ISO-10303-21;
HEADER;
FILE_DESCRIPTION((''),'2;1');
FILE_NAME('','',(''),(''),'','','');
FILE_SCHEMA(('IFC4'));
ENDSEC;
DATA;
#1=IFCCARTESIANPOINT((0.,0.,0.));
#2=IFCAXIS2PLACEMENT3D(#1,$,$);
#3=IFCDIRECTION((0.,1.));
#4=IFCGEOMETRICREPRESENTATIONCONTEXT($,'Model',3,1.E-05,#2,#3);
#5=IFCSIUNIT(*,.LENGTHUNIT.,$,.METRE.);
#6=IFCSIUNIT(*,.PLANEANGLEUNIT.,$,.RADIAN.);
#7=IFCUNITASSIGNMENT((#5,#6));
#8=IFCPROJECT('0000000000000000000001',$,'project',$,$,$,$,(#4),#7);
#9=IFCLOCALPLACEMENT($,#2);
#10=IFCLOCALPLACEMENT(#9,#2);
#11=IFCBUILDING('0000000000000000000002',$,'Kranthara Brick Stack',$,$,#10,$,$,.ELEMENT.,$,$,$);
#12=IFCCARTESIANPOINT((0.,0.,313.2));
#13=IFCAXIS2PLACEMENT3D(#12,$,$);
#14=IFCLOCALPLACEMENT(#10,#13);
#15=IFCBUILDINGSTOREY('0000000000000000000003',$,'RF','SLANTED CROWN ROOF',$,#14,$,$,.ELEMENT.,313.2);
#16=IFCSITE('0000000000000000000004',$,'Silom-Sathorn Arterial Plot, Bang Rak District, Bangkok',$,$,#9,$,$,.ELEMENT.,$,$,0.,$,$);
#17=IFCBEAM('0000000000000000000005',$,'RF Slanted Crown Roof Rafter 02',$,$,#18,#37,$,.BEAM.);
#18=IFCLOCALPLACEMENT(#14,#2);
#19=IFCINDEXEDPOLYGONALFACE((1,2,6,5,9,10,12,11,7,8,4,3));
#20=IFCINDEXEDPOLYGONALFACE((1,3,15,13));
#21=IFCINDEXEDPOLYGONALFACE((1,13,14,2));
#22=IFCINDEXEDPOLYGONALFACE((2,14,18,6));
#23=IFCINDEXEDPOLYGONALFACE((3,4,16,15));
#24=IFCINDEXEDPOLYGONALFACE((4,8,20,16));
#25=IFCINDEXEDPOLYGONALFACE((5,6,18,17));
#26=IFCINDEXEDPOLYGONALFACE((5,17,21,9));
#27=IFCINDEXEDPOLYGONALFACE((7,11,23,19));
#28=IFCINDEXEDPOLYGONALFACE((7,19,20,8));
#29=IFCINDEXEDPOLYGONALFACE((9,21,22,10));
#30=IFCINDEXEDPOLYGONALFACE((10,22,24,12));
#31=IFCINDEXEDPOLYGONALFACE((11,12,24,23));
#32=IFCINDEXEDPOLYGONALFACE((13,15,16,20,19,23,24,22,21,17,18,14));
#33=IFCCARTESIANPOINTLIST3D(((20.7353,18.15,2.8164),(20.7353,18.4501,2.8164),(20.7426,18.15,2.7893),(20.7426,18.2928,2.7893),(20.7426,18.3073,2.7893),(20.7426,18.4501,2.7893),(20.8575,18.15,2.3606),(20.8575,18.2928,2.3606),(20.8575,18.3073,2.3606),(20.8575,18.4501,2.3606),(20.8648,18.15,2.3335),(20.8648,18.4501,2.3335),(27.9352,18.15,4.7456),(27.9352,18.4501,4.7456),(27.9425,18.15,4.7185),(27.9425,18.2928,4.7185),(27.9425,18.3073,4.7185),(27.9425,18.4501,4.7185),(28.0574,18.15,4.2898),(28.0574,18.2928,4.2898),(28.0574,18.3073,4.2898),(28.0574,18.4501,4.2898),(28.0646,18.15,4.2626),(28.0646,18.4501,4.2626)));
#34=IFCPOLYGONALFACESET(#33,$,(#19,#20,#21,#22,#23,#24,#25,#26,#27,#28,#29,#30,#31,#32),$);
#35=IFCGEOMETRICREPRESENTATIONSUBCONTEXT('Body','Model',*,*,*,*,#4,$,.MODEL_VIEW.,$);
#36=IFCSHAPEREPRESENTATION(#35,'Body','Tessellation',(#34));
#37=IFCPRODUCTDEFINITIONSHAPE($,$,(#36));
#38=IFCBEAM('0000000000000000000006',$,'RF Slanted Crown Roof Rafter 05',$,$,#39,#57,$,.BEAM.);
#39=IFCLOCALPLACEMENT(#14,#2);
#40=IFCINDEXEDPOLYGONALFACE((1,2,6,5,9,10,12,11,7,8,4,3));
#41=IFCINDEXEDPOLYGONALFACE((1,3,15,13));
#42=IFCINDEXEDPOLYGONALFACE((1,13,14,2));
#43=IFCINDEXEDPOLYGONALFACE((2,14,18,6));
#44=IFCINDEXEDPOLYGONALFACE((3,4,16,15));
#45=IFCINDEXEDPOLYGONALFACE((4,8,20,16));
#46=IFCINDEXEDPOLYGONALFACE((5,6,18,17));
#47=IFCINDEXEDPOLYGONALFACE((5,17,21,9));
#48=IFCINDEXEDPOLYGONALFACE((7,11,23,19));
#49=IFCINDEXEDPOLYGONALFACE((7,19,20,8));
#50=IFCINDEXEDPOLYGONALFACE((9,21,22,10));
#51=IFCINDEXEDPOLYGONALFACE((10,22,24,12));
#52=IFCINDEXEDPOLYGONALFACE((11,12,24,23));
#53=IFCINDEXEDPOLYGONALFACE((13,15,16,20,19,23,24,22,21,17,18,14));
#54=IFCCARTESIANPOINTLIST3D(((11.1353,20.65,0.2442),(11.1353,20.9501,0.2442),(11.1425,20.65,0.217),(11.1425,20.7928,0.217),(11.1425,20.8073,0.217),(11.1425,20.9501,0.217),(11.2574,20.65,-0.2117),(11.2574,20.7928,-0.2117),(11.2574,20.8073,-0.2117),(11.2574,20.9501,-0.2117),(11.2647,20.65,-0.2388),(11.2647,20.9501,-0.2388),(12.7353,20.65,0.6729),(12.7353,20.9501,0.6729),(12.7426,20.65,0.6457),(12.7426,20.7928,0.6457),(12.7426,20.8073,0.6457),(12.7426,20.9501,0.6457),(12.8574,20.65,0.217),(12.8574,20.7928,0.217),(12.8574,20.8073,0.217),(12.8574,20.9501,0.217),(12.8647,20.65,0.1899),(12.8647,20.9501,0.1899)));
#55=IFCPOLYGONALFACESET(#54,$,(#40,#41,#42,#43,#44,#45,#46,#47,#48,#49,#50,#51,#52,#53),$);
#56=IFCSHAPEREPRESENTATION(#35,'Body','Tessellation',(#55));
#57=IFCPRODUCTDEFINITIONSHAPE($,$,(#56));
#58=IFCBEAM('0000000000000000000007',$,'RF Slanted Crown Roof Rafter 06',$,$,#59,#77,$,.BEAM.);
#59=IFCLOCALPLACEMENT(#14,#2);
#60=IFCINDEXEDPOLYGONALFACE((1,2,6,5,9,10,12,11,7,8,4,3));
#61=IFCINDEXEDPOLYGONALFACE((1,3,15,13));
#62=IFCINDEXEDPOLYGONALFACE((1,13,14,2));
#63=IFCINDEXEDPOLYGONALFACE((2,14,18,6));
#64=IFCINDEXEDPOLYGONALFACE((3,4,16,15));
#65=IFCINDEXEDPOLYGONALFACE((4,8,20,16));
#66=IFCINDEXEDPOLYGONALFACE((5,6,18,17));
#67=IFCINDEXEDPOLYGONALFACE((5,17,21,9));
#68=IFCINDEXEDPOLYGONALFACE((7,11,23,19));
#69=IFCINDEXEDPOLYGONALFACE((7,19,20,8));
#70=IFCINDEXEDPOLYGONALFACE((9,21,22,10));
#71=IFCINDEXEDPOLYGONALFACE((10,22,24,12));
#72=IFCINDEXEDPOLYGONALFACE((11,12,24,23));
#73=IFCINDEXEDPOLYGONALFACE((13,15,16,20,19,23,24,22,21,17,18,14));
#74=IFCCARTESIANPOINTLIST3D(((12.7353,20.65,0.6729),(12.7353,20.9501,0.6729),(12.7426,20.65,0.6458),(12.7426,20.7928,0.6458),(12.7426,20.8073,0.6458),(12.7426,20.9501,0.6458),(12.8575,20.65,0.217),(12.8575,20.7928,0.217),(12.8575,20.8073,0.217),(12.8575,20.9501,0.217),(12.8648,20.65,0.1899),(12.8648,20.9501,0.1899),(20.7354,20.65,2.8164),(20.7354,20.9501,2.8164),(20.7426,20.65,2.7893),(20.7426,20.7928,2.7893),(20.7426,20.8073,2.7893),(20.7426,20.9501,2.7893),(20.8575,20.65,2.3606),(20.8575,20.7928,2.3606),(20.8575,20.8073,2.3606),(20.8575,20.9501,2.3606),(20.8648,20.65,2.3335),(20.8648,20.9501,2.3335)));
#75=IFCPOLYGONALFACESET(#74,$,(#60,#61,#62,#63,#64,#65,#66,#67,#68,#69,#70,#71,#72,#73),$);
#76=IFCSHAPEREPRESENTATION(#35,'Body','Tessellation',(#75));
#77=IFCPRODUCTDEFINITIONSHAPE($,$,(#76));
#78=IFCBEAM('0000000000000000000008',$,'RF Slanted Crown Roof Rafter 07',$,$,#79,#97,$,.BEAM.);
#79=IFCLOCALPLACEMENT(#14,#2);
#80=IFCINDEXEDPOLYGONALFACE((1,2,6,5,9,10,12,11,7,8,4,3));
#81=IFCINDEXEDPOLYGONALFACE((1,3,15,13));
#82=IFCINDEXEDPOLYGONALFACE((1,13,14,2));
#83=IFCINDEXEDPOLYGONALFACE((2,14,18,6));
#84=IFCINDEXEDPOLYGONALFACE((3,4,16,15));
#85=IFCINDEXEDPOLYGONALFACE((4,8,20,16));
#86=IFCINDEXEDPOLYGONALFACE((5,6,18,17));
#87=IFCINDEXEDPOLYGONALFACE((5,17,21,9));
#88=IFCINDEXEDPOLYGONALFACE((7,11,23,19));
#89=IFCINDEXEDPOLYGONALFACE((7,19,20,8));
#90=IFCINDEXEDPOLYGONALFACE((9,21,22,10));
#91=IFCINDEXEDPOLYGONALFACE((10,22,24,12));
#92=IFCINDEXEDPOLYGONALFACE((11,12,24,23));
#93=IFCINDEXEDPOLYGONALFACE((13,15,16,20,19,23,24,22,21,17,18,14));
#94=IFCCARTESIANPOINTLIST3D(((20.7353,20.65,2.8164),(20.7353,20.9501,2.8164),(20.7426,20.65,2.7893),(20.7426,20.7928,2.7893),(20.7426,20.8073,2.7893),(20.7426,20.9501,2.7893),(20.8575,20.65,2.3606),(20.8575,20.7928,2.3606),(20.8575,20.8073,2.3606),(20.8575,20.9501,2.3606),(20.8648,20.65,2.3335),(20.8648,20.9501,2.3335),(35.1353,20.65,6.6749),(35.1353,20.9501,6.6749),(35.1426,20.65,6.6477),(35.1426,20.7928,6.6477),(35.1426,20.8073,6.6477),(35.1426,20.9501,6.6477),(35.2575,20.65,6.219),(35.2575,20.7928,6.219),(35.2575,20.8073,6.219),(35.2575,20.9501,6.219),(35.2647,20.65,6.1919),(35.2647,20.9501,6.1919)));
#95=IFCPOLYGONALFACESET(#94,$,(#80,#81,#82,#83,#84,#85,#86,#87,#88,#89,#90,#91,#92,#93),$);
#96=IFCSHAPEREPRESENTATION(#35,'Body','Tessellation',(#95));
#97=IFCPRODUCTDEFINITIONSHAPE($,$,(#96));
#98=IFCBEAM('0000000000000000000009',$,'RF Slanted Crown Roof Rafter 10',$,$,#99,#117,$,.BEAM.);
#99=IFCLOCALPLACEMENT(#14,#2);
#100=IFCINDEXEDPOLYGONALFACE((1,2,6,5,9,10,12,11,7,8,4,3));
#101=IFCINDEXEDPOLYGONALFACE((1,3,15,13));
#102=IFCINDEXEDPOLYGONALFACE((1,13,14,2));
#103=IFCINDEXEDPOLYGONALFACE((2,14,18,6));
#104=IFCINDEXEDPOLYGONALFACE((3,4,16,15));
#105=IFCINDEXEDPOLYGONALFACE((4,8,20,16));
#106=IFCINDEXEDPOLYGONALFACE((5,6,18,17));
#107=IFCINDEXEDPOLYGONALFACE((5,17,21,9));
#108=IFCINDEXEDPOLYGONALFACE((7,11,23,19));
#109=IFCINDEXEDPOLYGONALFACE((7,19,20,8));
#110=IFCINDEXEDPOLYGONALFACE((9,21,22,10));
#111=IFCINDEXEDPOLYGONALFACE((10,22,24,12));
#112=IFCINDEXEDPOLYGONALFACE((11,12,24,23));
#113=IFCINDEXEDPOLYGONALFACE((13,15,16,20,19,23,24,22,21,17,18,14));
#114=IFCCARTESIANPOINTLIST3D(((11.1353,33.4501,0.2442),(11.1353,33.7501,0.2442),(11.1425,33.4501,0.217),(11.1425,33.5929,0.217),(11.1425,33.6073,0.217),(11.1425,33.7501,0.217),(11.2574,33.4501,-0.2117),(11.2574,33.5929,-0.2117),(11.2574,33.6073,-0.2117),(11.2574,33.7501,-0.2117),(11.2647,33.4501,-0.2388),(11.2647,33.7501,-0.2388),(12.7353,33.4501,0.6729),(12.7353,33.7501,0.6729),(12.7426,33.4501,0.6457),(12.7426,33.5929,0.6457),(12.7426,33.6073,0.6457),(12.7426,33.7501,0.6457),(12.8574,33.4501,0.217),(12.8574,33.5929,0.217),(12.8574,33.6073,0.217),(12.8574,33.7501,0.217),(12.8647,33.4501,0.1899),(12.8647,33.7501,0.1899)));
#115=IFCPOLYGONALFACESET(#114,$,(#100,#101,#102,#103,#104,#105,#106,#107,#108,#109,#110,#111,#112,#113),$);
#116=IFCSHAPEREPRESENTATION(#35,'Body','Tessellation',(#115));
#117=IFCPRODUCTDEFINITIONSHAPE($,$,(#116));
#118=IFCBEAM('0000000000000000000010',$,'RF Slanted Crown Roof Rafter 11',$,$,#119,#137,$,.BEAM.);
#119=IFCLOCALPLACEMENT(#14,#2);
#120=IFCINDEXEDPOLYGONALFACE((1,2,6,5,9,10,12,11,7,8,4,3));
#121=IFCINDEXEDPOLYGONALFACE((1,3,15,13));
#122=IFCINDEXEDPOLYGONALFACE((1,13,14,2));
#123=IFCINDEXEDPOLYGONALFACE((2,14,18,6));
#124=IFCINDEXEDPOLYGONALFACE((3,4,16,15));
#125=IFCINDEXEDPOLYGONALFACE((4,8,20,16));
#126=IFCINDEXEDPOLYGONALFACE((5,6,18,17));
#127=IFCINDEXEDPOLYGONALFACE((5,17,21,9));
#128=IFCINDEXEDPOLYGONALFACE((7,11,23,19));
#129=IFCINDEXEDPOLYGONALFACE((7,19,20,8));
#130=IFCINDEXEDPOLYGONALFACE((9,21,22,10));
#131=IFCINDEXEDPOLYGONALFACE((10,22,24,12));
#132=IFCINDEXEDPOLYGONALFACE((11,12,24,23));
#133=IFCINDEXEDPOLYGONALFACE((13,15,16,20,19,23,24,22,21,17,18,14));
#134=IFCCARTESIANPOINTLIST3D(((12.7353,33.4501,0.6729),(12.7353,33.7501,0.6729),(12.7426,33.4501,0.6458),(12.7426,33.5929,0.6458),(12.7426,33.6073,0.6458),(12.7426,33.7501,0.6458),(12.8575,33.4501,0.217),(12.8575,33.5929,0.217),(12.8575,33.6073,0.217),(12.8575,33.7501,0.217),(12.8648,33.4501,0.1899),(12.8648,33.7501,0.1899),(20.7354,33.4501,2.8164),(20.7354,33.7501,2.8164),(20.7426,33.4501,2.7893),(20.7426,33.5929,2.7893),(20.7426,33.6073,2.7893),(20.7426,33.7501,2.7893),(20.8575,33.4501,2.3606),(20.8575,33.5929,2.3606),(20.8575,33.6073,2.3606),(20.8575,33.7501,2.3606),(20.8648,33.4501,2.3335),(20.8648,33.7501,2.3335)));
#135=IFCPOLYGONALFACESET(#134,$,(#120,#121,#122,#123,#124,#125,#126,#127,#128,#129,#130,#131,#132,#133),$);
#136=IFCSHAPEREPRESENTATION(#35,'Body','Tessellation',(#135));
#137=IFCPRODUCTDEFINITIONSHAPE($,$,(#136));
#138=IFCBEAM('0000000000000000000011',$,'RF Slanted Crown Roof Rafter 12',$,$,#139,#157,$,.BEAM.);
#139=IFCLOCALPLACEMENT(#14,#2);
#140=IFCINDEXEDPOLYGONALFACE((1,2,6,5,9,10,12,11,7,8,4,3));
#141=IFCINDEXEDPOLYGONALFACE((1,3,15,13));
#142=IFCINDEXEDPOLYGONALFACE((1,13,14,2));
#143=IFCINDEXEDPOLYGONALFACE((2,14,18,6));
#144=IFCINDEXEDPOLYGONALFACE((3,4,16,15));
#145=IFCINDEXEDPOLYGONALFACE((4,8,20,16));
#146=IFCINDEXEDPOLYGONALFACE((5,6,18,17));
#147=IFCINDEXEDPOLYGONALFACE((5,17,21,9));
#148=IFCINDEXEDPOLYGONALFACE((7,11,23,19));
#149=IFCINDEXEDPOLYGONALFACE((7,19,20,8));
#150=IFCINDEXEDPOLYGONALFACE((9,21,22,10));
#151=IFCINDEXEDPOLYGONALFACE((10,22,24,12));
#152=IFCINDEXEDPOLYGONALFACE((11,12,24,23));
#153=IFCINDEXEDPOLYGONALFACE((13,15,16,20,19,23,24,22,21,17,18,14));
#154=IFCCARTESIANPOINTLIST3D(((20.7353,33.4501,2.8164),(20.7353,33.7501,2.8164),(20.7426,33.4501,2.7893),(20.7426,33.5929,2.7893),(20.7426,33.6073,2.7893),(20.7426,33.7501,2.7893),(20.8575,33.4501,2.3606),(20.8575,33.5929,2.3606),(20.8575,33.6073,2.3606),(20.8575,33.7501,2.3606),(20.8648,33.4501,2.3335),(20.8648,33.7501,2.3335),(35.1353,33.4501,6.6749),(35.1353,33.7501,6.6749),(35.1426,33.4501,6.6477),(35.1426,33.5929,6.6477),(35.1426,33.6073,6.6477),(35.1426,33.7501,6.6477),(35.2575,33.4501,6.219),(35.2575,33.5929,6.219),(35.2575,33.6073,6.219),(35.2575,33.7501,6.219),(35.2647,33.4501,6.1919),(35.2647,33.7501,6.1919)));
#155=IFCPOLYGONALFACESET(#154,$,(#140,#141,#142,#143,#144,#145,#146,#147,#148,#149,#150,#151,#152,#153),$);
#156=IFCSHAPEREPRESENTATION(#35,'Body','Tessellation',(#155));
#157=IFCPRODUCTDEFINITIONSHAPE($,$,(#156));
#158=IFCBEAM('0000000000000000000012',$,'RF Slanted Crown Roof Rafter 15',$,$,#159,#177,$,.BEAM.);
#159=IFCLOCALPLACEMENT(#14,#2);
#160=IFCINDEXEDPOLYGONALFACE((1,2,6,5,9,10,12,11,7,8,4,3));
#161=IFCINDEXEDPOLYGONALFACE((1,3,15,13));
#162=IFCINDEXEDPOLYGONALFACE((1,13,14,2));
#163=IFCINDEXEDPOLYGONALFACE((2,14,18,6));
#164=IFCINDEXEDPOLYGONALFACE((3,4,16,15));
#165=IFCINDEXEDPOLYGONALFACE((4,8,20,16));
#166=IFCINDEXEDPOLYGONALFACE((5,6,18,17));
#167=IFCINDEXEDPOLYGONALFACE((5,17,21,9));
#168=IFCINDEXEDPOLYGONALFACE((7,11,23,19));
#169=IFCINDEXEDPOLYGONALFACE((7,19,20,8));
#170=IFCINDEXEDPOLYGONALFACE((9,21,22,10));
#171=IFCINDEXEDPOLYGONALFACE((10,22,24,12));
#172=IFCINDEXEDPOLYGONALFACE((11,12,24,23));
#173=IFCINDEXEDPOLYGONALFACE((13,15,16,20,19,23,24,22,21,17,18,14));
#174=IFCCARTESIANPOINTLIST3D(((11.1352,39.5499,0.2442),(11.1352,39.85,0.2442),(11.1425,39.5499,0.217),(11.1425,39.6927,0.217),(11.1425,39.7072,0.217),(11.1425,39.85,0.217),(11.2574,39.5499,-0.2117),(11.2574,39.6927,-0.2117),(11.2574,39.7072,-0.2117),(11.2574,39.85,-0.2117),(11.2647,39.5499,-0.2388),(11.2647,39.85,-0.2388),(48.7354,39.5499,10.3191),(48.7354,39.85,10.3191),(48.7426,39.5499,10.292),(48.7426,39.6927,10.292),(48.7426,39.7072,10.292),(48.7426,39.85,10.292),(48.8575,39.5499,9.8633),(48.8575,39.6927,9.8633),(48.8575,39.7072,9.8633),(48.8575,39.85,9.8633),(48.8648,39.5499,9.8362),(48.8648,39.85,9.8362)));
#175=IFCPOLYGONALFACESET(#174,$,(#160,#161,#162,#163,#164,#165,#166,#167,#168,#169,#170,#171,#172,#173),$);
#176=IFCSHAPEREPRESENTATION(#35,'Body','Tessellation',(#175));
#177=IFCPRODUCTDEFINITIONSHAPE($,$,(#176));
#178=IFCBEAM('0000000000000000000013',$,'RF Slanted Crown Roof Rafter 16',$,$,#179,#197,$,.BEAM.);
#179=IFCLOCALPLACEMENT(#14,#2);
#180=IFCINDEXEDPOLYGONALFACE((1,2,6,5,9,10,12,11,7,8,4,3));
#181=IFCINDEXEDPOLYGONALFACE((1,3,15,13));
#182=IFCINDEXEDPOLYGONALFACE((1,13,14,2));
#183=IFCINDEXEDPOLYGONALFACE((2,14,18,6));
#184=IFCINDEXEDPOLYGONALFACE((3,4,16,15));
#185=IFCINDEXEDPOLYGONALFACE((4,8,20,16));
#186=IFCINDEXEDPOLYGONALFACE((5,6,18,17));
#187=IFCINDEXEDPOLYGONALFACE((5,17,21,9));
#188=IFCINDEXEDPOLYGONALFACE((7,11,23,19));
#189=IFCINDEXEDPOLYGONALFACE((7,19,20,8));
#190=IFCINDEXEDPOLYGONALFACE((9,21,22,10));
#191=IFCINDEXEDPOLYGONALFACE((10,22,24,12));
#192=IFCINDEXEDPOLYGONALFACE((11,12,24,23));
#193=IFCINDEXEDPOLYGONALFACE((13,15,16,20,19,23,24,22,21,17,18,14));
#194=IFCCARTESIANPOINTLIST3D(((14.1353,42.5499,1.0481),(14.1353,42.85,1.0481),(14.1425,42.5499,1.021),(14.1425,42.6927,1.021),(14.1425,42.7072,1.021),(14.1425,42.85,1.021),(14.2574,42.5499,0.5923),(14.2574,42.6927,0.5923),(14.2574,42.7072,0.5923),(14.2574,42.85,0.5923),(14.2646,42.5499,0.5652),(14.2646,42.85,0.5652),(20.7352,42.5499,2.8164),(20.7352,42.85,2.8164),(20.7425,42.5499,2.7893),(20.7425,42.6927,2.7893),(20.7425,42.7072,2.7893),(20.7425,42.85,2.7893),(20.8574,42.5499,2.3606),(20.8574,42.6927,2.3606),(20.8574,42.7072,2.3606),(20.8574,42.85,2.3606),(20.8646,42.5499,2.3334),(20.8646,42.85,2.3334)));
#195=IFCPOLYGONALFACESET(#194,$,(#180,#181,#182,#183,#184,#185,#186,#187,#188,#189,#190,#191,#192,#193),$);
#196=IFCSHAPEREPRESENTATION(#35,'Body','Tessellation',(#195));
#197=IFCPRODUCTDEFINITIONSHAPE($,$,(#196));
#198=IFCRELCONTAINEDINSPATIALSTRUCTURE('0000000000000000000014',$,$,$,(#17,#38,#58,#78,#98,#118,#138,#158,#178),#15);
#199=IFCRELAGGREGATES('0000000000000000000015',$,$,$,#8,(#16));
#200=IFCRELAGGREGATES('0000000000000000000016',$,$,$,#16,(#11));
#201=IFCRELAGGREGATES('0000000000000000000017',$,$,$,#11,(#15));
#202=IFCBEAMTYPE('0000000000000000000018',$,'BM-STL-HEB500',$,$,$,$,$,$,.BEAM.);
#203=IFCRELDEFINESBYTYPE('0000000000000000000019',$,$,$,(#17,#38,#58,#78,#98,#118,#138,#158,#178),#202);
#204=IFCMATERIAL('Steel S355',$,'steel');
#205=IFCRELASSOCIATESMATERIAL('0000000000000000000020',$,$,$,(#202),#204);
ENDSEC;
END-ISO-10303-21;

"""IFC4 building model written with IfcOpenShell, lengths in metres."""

from ifc_helpers import new_model, si_unit, direction, frame, origin, origin_2d, place, context, subcontext, project, spatial, i_section, extrude, material, material_profile, profile_set, type_object, element, save


model = new_model("IFC4")

# Units and contexts
model_context = context("Model", 3, precision=1e-05, world=origin(), true_north=direction((0.0, 1.0)))
body_context = subcontext(model_context, "Body", "Model", "MODEL_VIEW")
ifc_project = project(units=[si_unit("LENGTHUNIT", "METRE"), si_unit("PLANEANGLEUNIT", "RADIAN")], contexts=[model_context])

# Site, building, storey
site_placement = place(None, origin())
site = spatial("IfcSite", under=ifc_project, at=site_placement, Name="Silom-Sathorn Arterial Plot, Bang Rak District, Bangkok", CompositionType="ELEMENT", RefElevation=0.0)
building_placement = place(site_placement, origin())
building = spatial("IfcBuilding", under=site, at=building_placement, Name="Kranthara Brick Stack", CompositionType="ELEMENT")
storey_placement = place(building_placement, frame((0.0, 0.0, 313.2)))
storey = spatial("IfcBuildingStorey", under=building, at=storey_placement, Name="RF", Description="SLANTED CROWN ROOF", CompositionType="ELEMENT", Elevation=313.2)

# Beams
ifc_material_1 = material(Name="Steel S355", Category="steel")
ifc_material_profile_1 = material_profile(ifc_material_1, i_section(OverallWidth=0.3, OverallDepth=0.5, WebThickness=0.0144, FlangeThickness=0.0281, at=origin_2d()), Name="HEB 500")
ifc_profile_set_1 = profile_set([ifc_material_profile_1], Name="Steel S355")
beam_type = type_object("IfcBeamType", Name="BM-STL-HEB500", PredefinedType="BEAM", material=ifc_profile_set_1)
beam_1_placement = place(storey_placement, frame((20.8, 18.3, 2.575), z_axis=(0.965927, 0.0, 0.258816), x_axis=(0.0, 1.0, 0.0)))
element("IfcBeam", 1, at=beam_1_placement, inside=storey, type_object=beam_type, Name="RF Slanted Crown Roof Rafter 02", PredefinedType="BEAM", context=body_context, shape_type="SweptSolid", body=[
    extrude(i_section(OverallWidth=0.3, OverallDepth=0.5, WebThickness=0.0144, FlangeThickness=0.0281, at=origin_2d()), origin(), (0.0, 0.0, 1.0), 7.4539),
])
beam_2_placement = place(storey_placement, frame((11.2, 20.8, 0.0027), z_axis=(0.965931, 0.0, 0.2588), x_axis=(0.0, 1.0, 0.0)))
element("IfcBeam", 2, at=beam_2_placement, inside=storey, type_object=beam_type, Name="RF Slanted Crown Roof Rafter 05", PredefinedType="BEAM", context=body_context, shape_type="SweptSolid", body=[
    extrude(i_section(OverallWidth=0.3, OverallDepth=0.5, WebThickness=0.0144, FlangeThickness=0.0281, at=origin_2d()), origin(), (0.0, 0.0, 1.0), 1.6565),
])
beam_3_placement = place(storey_placement, frame((12.8, 20.8, 0.4314), z_axis=(0.965927, 0.0, 0.258815), x_axis=(0.0, 1.0, 0.0)))
element("IfcBeam", 3, at=beam_3_placement, inside=storey, type_object=beam_type, Name="RF Slanted Crown Roof Rafter 06", PredefinedType="BEAM", context=body_context, shape_type="SweptSolid", body=[
    extrude(i_section(OverallWidth=0.3, OverallDepth=0.5, WebThickness=0.0144, FlangeThickness=0.0281, at=origin_2d()), origin(), (0.0, 0.0, 1.0), 8.2822),
])
beam_4_placement = place(storey_placement, frame((20.8, 20.8, 2.575), z_axis=(0.965927, 0.0, 0.258816), x_axis=(0.0, 1.0, 0.0)))
element("IfcBeam", 4, at=beam_4_placement, inside=storey, type_object=beam_type, Name="RF Slanted Crown Roof Rafter 07", PredefinedType="BEAM", context=body_context, shape_type="SweptSolid", body=[
    extrude(i_section(OverallWidth=0.3, OverallDepth=0.5, WebThickness=0.0144, FlangeThickness=0.0281, at=origin_2d()), origin(), (0.0, 0.0, 1.0), 14.908),
])
beam_5_placement = place(storey_placement, frame((11.2, 33.6001, 0.0027), z_axis=(0.965931, 0.0, 0.2588), x_axis=(0.0, 1.0, 0.0)))
element("IfcBeam", 5, at=beam_5_placement, inside=storey, type_object=beam_type, Name="RF Slanted Crown Roof Rafter 10", PredefinedType="BEAM", context=body_context, shape_type="SweptSolid", body=[
    extrude(i_section(OverallWidth=0.3, OverallDepth=0.5, WebThickness=0.0144, FlangeThickness=0.0281, at=origin_2d()), origin(), (0.0, 0.0, 1.0), 1.6565),
])
beam_6_placement = place(storey_placement, frame((12.8, 33.6001, 0.4314), z_axis=(0.965927, 0.0, 0.258815), x_axis=(0.0, 1.0, 0.0)))
element("IfcBeam", 6, at=beam_6_placement, inside=storey, type_object=beam_type, Name="RF Slanted Crown Roof Rafter 11", PredefinedType="BEAM", context=body_context, shape_type="SweptSolid", body=[
    extrude(i_section(OverallWidth=0.3, OverallDepth=0.5, WebThickness=0.0144, FlangeThickness=0.0281, at=origin_2d()), origin(), (0.0, 0.0, 1.0), 8.2822),
])
beam_7_placement = place(storey_placement, frame((20.8, 33.6001, 2.575), z_axis=(0.965927, 0.0, 0.258816), x_axis=(0.0, 1.0, 0.0)))
element("IfcBeam", 7, at=beam_7_placement, inside=storey, type_object=beam_type, Name="RF Slanted Crown Roof Rafter 12", PredefinedType="BEAM", context=body_context, shape_type="SweptSolid", body=[
    extrude(i_section(OverallWidth=0.3, OverallDepth=0.5, WebThickness=0.0144, FlangeThickness=0.0281, at=origin_2d()), origin(), (0.0, 0.0, 1.0), 14.908),
])
beam_8_placement = place(storey_placement, frame((11.2, 39.7, 0.0027), z_axis=(0.965926, 0.0, 0.25882), x_axis=(0.0, 1.0, 0.0)))
element("IfcBeam", 8, at=beam_8_placement, inside=storey, type_object=beam_type, Name="RF Slanted Crown Roof Rafter 15", PredefinedType="BEAM", context=body_context, shape_type="SweptSolid", body=[
    extrude(i_section(OverallWidth=0.3, OverallDepth=0.5, WebThickness=0.0144, FlangeThickness=0.0281, at=origin_2d()), origin(), (0.0, 0.0, 1.0), 38.9265),
])
beam_9_placement = place(storey_placement, frame((14.2, 42.7, 0.8066), z_axis=(0.965932, 0.0, 0.258794), x_axis=(0.0, 1.0, 0.0)))
element("IfcBeam", 9, at=beam_9_placement, inside=storey, type_object=beam_type, Name="RF Slanted Crown Roof Rafter 16", PredefinedType="BEAM", context=body_context, shape_type="SweptSolid", body=[
    extrude(i_section(OverallWidth=0.3, OverallDepth=0.5, WebThickness=0.0144, FlangeThickness=0.0281, at=origin_2d()), origin(), (0.0, 0.0, 1.0), 6.8328),
])

save(model, "model.ifc")
